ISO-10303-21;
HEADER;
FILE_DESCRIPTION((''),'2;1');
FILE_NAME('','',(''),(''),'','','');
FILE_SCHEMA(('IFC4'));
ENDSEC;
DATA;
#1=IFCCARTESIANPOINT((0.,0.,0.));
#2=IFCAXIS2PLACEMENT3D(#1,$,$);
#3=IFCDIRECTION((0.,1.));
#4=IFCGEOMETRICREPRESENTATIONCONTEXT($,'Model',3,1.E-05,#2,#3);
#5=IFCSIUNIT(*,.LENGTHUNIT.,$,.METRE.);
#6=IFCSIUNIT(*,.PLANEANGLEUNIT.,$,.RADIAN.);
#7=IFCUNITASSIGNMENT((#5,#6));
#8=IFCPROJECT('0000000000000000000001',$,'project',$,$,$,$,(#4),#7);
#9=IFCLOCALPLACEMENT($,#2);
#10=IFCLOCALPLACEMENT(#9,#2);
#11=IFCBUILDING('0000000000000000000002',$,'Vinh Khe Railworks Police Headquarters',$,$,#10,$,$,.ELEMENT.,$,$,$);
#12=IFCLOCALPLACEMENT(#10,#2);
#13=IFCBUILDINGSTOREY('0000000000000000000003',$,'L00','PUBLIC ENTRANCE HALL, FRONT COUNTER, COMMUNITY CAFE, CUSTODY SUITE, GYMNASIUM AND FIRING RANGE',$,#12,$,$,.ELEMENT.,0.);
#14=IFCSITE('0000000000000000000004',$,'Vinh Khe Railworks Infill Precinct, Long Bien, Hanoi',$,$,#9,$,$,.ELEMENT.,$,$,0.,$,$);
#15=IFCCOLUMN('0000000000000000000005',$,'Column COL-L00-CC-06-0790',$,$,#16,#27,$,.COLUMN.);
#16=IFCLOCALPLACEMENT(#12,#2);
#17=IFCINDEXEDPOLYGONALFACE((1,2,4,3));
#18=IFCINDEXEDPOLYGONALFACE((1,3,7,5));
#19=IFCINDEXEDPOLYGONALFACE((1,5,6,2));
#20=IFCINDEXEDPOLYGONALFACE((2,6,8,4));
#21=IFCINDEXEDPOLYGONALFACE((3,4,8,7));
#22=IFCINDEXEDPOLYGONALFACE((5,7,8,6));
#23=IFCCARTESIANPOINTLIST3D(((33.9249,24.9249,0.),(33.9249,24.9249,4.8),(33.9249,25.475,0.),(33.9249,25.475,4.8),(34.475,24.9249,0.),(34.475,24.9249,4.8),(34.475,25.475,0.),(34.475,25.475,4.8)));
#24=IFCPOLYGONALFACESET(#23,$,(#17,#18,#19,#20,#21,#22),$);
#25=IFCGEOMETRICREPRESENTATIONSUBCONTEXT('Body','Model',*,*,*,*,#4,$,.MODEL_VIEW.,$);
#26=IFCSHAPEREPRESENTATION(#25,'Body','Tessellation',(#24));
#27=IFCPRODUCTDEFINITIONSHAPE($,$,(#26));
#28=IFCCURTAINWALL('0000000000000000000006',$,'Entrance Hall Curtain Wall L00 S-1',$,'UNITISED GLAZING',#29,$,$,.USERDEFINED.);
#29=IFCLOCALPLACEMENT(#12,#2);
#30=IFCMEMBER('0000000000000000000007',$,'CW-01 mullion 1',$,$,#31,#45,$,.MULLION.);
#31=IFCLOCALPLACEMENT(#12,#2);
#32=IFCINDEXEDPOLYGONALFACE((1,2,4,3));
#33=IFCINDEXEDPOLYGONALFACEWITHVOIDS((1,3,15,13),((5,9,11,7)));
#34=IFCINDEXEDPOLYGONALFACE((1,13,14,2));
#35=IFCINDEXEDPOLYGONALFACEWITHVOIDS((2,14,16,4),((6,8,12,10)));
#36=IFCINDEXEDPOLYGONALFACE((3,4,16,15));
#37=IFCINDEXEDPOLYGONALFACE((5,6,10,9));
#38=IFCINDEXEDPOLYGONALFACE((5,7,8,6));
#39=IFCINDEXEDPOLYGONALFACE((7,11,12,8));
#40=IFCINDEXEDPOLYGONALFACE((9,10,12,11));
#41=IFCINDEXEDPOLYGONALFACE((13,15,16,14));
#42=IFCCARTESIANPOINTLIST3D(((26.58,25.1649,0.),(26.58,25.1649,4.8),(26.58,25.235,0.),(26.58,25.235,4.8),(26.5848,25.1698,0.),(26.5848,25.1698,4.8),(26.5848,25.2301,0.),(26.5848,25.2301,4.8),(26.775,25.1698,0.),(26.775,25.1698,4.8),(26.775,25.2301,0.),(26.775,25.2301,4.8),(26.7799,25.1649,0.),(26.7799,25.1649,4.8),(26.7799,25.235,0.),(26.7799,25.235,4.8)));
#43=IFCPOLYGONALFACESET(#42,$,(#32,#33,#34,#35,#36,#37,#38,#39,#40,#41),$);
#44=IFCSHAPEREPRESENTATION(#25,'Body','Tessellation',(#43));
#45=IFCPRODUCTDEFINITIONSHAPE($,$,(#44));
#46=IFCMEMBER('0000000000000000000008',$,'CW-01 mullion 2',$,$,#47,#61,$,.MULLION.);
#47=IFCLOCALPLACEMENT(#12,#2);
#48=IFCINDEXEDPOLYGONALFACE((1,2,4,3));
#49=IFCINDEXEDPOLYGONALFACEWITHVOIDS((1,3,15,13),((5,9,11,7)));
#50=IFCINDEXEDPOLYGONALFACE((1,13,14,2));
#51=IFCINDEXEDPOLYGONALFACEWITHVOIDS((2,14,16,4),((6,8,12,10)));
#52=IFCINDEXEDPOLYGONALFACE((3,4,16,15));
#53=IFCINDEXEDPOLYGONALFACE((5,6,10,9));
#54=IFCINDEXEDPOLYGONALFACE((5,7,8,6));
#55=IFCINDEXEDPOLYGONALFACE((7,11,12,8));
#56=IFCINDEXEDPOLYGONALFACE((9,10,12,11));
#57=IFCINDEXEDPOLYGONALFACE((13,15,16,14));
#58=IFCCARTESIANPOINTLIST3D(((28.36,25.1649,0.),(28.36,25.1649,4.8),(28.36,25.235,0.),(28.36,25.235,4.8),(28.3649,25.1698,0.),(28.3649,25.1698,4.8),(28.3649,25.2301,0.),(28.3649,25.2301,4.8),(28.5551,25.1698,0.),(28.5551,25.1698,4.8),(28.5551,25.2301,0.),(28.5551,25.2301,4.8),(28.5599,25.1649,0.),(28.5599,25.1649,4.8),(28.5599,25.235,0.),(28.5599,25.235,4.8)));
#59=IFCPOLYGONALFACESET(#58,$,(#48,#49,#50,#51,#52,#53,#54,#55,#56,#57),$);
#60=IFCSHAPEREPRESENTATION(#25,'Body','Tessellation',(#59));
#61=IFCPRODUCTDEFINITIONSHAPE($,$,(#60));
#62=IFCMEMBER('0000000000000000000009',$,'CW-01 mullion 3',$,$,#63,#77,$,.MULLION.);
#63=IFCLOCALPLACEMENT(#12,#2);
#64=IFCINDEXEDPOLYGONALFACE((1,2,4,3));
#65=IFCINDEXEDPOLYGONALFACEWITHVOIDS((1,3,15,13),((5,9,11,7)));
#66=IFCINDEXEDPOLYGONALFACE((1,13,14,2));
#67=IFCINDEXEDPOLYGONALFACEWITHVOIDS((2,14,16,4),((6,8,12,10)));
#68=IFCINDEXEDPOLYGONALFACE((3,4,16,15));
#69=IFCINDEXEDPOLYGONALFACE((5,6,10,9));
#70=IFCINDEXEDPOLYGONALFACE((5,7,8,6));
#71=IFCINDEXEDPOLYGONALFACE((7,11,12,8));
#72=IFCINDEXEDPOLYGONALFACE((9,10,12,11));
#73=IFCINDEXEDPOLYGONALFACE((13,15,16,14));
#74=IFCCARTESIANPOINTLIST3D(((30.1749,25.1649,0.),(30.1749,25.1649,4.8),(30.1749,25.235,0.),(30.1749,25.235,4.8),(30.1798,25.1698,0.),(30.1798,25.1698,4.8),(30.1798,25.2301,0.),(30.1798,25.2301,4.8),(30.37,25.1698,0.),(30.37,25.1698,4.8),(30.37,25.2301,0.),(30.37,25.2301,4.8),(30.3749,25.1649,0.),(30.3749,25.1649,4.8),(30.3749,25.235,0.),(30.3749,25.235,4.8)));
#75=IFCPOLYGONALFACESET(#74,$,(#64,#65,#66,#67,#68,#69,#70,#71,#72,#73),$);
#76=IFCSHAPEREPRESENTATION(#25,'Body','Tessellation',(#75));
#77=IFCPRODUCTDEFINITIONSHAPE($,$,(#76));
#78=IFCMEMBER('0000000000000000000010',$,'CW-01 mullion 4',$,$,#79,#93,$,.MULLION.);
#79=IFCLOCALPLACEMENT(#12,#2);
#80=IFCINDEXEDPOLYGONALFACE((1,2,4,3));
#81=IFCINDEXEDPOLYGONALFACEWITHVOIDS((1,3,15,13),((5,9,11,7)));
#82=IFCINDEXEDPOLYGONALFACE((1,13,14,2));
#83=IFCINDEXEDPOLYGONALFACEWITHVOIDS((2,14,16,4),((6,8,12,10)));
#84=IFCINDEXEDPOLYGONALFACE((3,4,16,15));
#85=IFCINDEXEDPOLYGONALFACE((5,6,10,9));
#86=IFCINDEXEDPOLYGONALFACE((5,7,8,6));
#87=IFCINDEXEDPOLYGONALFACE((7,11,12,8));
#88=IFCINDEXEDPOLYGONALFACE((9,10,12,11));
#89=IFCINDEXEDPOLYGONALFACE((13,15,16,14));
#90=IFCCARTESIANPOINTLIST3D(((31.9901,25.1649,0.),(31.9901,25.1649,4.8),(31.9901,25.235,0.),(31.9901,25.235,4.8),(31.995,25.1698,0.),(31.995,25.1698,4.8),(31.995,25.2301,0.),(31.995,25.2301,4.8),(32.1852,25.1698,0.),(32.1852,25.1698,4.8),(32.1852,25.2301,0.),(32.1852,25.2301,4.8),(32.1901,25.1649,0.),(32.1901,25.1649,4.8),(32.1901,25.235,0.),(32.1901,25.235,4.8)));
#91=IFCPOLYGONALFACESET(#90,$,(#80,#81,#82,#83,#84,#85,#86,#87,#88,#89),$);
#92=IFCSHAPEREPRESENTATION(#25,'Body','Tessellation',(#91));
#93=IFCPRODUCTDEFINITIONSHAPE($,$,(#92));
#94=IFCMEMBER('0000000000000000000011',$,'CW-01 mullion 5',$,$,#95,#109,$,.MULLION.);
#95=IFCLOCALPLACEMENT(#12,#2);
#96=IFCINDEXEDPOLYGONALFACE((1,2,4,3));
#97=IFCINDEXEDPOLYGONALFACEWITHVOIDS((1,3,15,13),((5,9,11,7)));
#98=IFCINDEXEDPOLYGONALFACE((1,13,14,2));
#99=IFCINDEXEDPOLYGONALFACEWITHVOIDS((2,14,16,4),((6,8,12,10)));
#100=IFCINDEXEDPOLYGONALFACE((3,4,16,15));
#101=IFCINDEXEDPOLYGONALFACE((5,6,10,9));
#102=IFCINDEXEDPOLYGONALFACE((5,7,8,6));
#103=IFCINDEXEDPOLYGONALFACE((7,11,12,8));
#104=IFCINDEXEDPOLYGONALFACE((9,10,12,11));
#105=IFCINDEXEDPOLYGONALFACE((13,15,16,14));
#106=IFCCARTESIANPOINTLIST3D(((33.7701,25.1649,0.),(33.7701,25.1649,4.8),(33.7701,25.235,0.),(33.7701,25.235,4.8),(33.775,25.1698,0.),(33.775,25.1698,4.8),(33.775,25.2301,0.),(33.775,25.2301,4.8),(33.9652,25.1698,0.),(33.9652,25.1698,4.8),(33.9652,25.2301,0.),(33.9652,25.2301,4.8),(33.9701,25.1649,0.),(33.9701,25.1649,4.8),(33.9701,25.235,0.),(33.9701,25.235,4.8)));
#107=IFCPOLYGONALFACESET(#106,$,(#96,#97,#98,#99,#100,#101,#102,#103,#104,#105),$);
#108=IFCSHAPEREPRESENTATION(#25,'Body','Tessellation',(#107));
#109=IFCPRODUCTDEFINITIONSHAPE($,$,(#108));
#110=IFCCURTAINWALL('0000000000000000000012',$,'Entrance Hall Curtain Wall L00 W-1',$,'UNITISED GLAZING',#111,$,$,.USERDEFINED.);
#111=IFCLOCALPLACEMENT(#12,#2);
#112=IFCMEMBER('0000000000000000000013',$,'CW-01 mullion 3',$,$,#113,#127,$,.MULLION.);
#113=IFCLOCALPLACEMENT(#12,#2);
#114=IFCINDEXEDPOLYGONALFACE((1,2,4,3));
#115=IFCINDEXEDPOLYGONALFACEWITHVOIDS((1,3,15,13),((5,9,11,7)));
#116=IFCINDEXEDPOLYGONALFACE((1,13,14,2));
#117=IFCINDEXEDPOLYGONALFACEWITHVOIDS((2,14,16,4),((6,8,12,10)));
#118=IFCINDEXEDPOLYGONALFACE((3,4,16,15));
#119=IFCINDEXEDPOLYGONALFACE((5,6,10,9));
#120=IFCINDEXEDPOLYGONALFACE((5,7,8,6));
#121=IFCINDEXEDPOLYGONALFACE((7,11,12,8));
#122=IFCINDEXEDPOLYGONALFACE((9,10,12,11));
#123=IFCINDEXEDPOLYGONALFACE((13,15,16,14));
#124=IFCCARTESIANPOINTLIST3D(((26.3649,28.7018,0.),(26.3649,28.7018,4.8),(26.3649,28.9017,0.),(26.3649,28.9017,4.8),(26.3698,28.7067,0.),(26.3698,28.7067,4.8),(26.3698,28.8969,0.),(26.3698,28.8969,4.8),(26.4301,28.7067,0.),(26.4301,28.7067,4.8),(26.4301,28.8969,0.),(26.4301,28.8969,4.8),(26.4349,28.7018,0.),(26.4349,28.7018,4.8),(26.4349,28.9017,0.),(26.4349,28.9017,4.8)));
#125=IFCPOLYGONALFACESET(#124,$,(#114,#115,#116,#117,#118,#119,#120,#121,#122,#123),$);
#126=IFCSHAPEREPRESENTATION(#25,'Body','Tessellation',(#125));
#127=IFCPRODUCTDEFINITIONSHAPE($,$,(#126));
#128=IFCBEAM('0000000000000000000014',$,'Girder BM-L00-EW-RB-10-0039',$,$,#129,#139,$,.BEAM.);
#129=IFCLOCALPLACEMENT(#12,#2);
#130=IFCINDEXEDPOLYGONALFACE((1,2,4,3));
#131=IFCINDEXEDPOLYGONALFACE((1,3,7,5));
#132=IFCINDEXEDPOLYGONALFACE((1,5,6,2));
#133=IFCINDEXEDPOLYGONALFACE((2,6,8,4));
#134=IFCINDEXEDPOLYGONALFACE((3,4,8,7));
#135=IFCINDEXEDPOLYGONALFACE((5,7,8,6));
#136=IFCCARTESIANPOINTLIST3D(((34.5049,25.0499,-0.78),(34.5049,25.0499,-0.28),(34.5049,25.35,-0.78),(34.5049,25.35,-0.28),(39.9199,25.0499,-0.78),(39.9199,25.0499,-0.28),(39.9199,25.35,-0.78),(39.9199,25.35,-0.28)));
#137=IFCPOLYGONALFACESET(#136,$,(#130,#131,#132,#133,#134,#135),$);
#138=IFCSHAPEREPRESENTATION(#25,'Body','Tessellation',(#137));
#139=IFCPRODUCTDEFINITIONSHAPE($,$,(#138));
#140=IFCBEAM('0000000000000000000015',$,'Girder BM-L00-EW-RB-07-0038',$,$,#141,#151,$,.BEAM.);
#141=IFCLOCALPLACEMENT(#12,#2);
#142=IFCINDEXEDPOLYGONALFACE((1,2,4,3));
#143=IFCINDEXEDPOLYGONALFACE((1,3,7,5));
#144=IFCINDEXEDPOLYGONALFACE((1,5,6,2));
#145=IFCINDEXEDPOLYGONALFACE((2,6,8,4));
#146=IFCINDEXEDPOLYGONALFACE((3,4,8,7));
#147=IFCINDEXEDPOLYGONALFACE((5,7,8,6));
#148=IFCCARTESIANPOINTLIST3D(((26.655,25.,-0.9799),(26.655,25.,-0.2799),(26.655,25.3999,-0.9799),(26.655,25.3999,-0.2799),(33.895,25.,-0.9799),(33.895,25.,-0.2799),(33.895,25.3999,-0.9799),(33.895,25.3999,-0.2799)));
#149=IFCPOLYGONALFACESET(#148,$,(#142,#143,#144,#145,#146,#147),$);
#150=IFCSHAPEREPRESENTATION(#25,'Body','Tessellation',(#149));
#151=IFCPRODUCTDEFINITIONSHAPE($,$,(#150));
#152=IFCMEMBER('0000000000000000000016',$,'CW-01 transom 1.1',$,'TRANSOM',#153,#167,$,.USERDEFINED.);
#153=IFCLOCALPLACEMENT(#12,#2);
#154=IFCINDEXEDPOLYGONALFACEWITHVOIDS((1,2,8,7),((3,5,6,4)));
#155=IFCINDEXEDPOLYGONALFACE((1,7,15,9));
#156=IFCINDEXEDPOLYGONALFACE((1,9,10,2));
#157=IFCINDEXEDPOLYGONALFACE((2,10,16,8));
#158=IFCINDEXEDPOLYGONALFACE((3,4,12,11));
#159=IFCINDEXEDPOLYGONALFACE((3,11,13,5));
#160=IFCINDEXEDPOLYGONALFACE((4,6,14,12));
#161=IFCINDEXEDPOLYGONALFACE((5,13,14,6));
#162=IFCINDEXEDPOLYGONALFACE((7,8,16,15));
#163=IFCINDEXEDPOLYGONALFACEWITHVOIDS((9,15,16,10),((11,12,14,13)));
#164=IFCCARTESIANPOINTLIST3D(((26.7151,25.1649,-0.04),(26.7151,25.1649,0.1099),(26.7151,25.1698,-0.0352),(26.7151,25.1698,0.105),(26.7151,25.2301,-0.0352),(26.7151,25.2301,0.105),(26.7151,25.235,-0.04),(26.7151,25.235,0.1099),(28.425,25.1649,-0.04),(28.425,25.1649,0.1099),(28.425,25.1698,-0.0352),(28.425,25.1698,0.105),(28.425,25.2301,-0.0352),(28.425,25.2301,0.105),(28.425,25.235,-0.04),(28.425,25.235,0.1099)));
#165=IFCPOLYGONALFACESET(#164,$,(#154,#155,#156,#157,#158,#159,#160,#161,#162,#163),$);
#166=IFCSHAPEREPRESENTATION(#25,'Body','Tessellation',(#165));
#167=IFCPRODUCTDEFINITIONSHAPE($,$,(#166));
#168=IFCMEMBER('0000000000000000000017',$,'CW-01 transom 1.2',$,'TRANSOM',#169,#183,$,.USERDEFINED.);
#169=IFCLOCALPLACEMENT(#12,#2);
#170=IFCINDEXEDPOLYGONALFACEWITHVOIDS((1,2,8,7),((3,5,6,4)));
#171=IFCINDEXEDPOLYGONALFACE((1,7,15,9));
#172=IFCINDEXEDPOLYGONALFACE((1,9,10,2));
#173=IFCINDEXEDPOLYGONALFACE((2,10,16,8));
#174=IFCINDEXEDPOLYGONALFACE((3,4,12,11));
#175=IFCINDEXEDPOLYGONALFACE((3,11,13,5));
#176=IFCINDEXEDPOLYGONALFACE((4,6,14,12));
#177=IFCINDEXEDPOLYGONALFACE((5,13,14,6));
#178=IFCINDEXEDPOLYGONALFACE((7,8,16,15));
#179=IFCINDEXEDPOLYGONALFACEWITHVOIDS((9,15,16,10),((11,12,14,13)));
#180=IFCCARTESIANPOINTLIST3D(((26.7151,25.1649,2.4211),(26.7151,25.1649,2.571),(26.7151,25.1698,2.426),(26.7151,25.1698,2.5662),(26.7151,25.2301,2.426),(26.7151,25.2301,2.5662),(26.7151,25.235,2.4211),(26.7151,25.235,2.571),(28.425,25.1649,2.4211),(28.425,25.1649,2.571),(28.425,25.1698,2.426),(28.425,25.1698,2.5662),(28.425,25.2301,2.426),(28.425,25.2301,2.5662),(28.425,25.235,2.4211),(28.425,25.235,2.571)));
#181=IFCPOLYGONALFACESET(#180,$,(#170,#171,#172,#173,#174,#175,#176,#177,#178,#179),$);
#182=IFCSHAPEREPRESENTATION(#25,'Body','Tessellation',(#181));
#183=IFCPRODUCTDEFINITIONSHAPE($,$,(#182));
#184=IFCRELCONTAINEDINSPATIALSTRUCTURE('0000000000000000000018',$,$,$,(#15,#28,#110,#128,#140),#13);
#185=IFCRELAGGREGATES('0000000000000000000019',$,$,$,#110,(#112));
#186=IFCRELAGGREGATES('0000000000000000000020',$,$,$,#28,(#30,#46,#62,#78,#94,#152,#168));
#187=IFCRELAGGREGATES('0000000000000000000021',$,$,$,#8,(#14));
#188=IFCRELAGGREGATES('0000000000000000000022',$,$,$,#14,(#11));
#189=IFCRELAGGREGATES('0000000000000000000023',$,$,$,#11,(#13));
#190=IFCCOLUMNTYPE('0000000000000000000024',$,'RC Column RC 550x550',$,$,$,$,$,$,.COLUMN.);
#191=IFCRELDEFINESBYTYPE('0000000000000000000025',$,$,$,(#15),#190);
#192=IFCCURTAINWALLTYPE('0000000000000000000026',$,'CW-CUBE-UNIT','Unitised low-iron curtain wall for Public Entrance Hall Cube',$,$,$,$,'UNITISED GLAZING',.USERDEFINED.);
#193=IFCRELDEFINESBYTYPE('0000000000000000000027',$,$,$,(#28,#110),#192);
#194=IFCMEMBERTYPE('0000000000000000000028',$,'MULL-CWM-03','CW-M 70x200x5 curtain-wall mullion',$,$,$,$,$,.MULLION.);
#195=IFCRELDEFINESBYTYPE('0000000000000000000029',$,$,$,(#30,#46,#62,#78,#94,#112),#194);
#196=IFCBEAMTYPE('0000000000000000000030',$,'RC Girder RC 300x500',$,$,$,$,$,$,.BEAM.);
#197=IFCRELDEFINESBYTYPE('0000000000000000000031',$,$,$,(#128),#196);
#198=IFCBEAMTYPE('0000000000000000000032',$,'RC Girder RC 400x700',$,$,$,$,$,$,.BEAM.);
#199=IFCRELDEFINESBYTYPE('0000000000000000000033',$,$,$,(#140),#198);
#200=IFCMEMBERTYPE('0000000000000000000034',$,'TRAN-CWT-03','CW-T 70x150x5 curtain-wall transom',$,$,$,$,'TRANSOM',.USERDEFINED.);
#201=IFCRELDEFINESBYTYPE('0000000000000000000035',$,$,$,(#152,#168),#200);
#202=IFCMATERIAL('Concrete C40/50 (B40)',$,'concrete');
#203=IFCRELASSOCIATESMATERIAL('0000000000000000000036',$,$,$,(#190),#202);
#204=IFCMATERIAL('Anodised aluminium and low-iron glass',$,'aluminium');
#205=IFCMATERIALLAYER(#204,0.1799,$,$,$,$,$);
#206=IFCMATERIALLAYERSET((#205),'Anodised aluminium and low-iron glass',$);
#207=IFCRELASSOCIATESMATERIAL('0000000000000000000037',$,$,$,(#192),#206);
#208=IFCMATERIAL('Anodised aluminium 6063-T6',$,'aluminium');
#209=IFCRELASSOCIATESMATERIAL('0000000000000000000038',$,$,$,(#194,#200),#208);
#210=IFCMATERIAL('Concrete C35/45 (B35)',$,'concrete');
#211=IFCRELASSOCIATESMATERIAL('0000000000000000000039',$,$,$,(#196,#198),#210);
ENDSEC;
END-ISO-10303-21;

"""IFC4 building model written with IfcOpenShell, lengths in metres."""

from ifc_helpers import new_model, si_unit, direction, frame, origin, origin_2d, place, context, subcontext, project, spatial, rectangle, hollow_rectangle, extrude, material, layer, layer_set, material_profile, profile_set, type_object, element, aggregate, save


model = new_model("IFC4")

# Units and contexts
model_context = context("Model", 3, precision=1e-05, world=origin(), true_north=direction((0.0, 1.0)))
body_context = subcontext(model_context, "Body", "Model", "MODEL_VIEW")
ifc_project = project(units=[si_unit("LENGTHUNIT", "METRE"), si_unit("PLANEANGLEUNIT", "RADIAN")], contexts=[model_context])

# Site, building, storey
site_placement = place(None, origin())
site = spatial("IfcSite", under=ifc_project, at=site_placement, Name="Vinh Khe Railworks Infill Precinct, Long Bien, Hanoi", CompositionType="ELEMENT", RefElevation=0.0)
building_placement = place(site_placement, origin())
building = spatial("IfcBuilding", under=site, at=building_placement, Name="Vinh Khe Railworks Police Headquarters", CompositionType="ELEMENT")
storey_placement = place(building_placement, origin())
storey = spatial("IfcBuildingStorey", under=building, at=storey_placement, Name="L00", Description="PUBLIC ENTRANCE HALL, FRONT COUNTER, COMMUNITY CAFE, CUSTODY SUITE, GYMNASIUM AND FIRING RANGE", CompositionType="ELEMENT", Elevation=0.0)

# Column
ifc_material_1 = material(Name="Concrete C40/50 (B40)", Category="concrete")
ifc_material_profile_1 = material_profile(ifc_material_1, rectangle(XDim=0.55, YDim=0.55, at=origin_2d()), Name="RC 550x550")
ifc_profile_set_1 = profile_set([ifc_material_profile_1], Name="Concrete C40/50 (B40)")
column_type = type_object("IfcColumnType", Name="RC Column RC 550x550", PredefinedType="COLUMN", material=ifc_profile_set_1)
column_placement = place(storey_placement, frame((34.2, 25.2, 0.0), z_axis=(0.0, 0.0, 1.0), x_axis=(1.0, 0.0, 0.0)))
element("IfcColumn", 1, at=column_placement, inside=storey, type_object=column_type, Name="Column COL-L00-CC-06-0790", PredefinedType="COLUMN", context=body_context, shape_type="SweptSolid", body=[
    extrude(rectangle(XDim=0.55, YDim=0.55, at=origin_2d()), origin(), (0.0, 0.0, 1.0), 4.8),
])

# Curtain wall, members
ifc_material_2 = material(Name="Anodised aluminium and low-iron glass", Category="aluminium")
ifc_layer_1 = layer(ifc_material_2, 0.1799)
ifc_layer_set_1 = layer_set([ifc_layer_1], Name="Anodised aluminium and low-iron glass")
curtain_wall_type = type_object("IfcCurtainWallType", Name="CW-CUBE-UNIT", Description="Unitised low-iron curtain wall for Public Entrance Hall Cube", ElementType="UNITISED GLAZING", PredefinedType="USERDEFINED", material=ifc_layer_set_1)
curtain_wall_1_placement = place(storey_placement, origin())
curtain_wall_1 = element("IfcCurtainWall", 2, at=curtain_wall_1_placement, inside=storey, type_object=curtain_wall_type, Name="Entrance Hall Curtain Wall L00 S-1", ObjectType="UNITISED GLAZING", PredefinedType="USERDEFINED")
ifc_material_3 = material(Name="Anodised aluminium 6063-T6", Category="aluminium")
ifc_material_profile_2 = material_profile(ifc_material_3, hollow_rectangle(XDim=0.0701, YDim=0.2, WallThickness=0.0049, at=origin_2d()), Name="CW-M 70x200x5")
ifc_profile_set_2 = profile_set([ifc_material_profile_2], Name="Anodised aluminium 6063-T6")
member_type_1 = type_object("IfcMemberType", Name="MULL-CWM-03", Description="CW-M 70x200x5 curtain-wall mullion", PredefinedType="MULLION", material=ifc_profile_set_2)
member_1_placement = place(storey_placement, frame((26.6799, 25.2, 0.0), z_axis=(0.0, 0.0, 1.0), x_axis=(0.0, 1.0, 0.0)))
member_1 = element("IfcMember", 3, at=member_1_placement, type_object=member_type_1, Name="CW-01 mullion 1", PredefinedType="MULLION", context=body_context, shape_type="SweptSolid", body=[
    extrude(hollow_rectangle(XDim=0.0701, YDim=0.2, WallThickness=0.0049, at=origin_2d()), origin(), (0.0, 0.0, 1.0), 4.8),
])
member_2_placement = place(storey_placement, frame((28.46, 25.2, 0.0), z_axis=(0.0, 0.0, 1.0), x_axis=(0.0, 1.0, 0.0)))
member_2 = element("IfcMember", 4, at=member_2_placement, type_object=member_type_1, Name="CW-01 mullion 2", PredefinedType="MULLION", context=body_context, shape_type="SweptSolid", body=[
    extrude(hollow_rectangle(XDim=0.0701, YDim=0.2, WallThickness=0.0049, at=origin_2d()), origin(), (0.0, 0.0, 1.0), 4.8),
])
member_3_placement = place(storey_placement, frame((30.2749, 25.2, 0.0), z_axis=(0.0, 0.0, 1.0), x_axis=(0.0, 1.0, 0.0)))
member_3 = element("IfcMember", 5, at=member_3_placement, type_object=member_type_1, Name="CW-01 mullion 3", PredefinedType="MULLION", context=body_context, shape_type="SweptSolid", body=[
    extrude(hollow_rectangle(XDim=0.0701, YDim=0.2, WallThickness=0.0049, at=origin_2d()), origin(), (0.0, 0.0, 1.0), 4.8),
])
member_4_placement = place(storey_placement, frame((32.0901, 25.2, 0.0), z_axis=(0.0, 0.0, 1.0), x_axis=(0.0, 1.0, 0.0)))
member_4 = element("IfcMember", 6, at=member_4_placement, type_object=member_type_1, Name="CW-01 mullion 4", PredefinedType="MULLION", context=body_context, shape_type="SweptSolid", body=[
    extrude(hollow_rectangle(XDim=0.0701, YDim=0.2, WallThickness=0.0049, at=origin_2d()), origin(), (0.0, 0.0, 1.0), 4.8),
])
member_5_placement = place(storey_placement, frame((33.8701, 25.2, 0.0), z_axis=(0.0, 0.0, 1.0), x_axis=(0.0, 1.0, 0.0)))
member_5 = element("IfcMember", 7, at=member_5_placement, type_object=member_type_1, Name="CW-01 mullion 5", PredefinedType="MULLION", context=body_context, shape_type="SweptSolid", body=[
    extrude(hollow_rectangle(XDim=0.0701, YDim=0.2, WallThickness=0.0049, at=origin_2d()), origin(), (0.0, 0.0, 1.0), 4.8),
])

# Curtain wall, member
curtain_wall_2_placement = place(storey_placement, origin())
curtain_wall_2 = element("IfcCurtainWall", 8, at=curtain_wall_2_placement, inside=storey, type_object=curtain_wall_type, Name="Entrance Hall Curtain Wall L00 W-1", ObjectType="UNITISED GLAZING", PredefinedType="USERDEFINED")
member_6_placement = place(storey_placement, frame((26.3999, 28.8018, 0.0), z_axis=(0.0, 0.0, 1.0), x_axis=(-1.0, 0.0, 0.0)))
member_6 = element("IfcMember", 9, at=member_6_placement, type_object=member_type_1, Name="CW-01 mullion 3", PredefinedType="MULLION", context=body_context, shape_type="SweptSolid", body=[
    extrude(hollow_rectangle(XDim=0.0701, YDim=0.2, WallThickness=0.0049, at=origin_2d()), origin(), (0.0, 0.0, 1.0), 4.8),
])

# Beams
ifc_material_4 = material(Name="Concrete C35/45 (B35)", Category="concrete")
ifc_material_profile_3 = material_profile(ifc_material_4, rectangle(XDim=0.3, YDim=0.5, at=origin_2d()), Name="RC 300x500")
ifc_profile_set_3 = profile_set([ifc_material_profile_3], Name="Concrete C35/45 (B35)")
beam_type_1 = type_object("IfcBeamType", Name="RC Girder RC 300x500", PredefinedType="BEAM", material=ifc_profile_set_3)
beam_1_placement = place(storey_placement, frame((34.5049, 25.2, -0.53), z_axis=(1.0, 0.0, 0.0), x_axis=(0.0, 1.0, 0.0)))
element("IfcBeam", 10, at=beam_1_placement, inside=storey, type_object=beam_type_1, Name="Girder BM-L00-EW-RB-10-0039", PredefinedType="BEAM", context=body_context, shape_type="SweptSolid", body=[
    extrude(rectangle(XDim=0.3, YDim=0.5, at=origin_2d()), origin(), (0.0, 0.0, 1.0), 5.415),
])
ifc_material_profile_4 = material_profile(ifc_material_4, rectangle(XDim=0.3999, YDim=0.7, at=origin_2d()), Name="RC 400x700")
ifc_profile_set_4 = profile_set([ifc_material_profile_4], Name="Concrete C35/45 (B35)")
beam_type_2 = type_object("IfcBeamType", Name="RC Girder RC 400x700", PredefinedType="BEAM", material=ifc_profile_set_4)
beam_2_placement = place(storey_placement, frame((26.655, 25.2, -0.6299), z_axis=(1.0, 0.0, 0.0), x_axis=(0.0, 1.0, 0.0)))
element("IfcBeam", 11, at=beam_2_placement, inside=storey, type_object=beam_type_2, Name="Girder BM-L00-EW-RB-07-0038", PredefinedType="BEAM", context=body_context, shape_type="SweptSolid", body=[
    extrude(rectangle(XDim=0.3999, YDim=0.7, at=origin_2d()), origin(), (0.0, 0.0, 1.0), 7.24),
])

# Members
ifc_material_profile_5 = material_profile(ifc_material_3, hollow_rectangle(XDim=0.0701, YDim=0.1499, WallThickness=0.0049, at=origin_2d()), Name="CW-T 70x150x5")
ifc_profile_set_5 = profile_set([ifc_material_profile_5], Name="Anodised aluminium 6063-T6")
member_type_2 = type_object("IfcMemberType", Name="TRAN-CWT-03", Description="CW-T 70x150x5 curtain-wall transom", ElementType="TRANSOM", PredefinedType="USERDEFINED", material=ifc_profile_set_5)
member_7_placement = place(storey_placement, frame((26.7151, 25.2, 0.0349), z_axis=(1.0, 0.0, 0.0), x_axis=(0.0, 1.0, 0.0)))
member_7 = element("IfcMember", 12, at=member_7_placement, type_object=member_type_2, Name="CW-01 transom 1.1", ObjectType="TRANSOM", PredefinedType="USERDEFINED", context=body_context, shape_type="SweptSolid", body=[
    extrude(hollow_rectangle(XDim=0.0701, YDim=0.1499, WallThickness=0.0049, at=origin_2d()), origin(), (0.0, 0.0, 1.0), 1.71),
])
member_8_placement = place(storey_placement, frame((26.7151, 25.2, 2.4961), z_axis=(1.0, 0.0, 0.0), x_axis=(0.0, 1.0, 0.0)))
member_8 = element("IfcMember", 13, at=member_8_placement, type_object=member_type_2, Name="CW-01 transom 1.2", ObjectType="TRANSOM", PredefinedType="USERDEFINED", context=body_context, shape_type="SweptSolid", body=[
    extrude(hollow_rectangle(XDim=0.0701, YDim=0.1499, WallThickness=0.0049, at=origin_2d()), origin(), (0.0, 0.0, 1.0), 1.71),
])
aggregate(curtain_wall_2, [member_6])

aggregate(curtain_wall_1, [member_1, member_2, member_3, member_4, member_5, member_7, member_8])

save(model, "model.ifc")
